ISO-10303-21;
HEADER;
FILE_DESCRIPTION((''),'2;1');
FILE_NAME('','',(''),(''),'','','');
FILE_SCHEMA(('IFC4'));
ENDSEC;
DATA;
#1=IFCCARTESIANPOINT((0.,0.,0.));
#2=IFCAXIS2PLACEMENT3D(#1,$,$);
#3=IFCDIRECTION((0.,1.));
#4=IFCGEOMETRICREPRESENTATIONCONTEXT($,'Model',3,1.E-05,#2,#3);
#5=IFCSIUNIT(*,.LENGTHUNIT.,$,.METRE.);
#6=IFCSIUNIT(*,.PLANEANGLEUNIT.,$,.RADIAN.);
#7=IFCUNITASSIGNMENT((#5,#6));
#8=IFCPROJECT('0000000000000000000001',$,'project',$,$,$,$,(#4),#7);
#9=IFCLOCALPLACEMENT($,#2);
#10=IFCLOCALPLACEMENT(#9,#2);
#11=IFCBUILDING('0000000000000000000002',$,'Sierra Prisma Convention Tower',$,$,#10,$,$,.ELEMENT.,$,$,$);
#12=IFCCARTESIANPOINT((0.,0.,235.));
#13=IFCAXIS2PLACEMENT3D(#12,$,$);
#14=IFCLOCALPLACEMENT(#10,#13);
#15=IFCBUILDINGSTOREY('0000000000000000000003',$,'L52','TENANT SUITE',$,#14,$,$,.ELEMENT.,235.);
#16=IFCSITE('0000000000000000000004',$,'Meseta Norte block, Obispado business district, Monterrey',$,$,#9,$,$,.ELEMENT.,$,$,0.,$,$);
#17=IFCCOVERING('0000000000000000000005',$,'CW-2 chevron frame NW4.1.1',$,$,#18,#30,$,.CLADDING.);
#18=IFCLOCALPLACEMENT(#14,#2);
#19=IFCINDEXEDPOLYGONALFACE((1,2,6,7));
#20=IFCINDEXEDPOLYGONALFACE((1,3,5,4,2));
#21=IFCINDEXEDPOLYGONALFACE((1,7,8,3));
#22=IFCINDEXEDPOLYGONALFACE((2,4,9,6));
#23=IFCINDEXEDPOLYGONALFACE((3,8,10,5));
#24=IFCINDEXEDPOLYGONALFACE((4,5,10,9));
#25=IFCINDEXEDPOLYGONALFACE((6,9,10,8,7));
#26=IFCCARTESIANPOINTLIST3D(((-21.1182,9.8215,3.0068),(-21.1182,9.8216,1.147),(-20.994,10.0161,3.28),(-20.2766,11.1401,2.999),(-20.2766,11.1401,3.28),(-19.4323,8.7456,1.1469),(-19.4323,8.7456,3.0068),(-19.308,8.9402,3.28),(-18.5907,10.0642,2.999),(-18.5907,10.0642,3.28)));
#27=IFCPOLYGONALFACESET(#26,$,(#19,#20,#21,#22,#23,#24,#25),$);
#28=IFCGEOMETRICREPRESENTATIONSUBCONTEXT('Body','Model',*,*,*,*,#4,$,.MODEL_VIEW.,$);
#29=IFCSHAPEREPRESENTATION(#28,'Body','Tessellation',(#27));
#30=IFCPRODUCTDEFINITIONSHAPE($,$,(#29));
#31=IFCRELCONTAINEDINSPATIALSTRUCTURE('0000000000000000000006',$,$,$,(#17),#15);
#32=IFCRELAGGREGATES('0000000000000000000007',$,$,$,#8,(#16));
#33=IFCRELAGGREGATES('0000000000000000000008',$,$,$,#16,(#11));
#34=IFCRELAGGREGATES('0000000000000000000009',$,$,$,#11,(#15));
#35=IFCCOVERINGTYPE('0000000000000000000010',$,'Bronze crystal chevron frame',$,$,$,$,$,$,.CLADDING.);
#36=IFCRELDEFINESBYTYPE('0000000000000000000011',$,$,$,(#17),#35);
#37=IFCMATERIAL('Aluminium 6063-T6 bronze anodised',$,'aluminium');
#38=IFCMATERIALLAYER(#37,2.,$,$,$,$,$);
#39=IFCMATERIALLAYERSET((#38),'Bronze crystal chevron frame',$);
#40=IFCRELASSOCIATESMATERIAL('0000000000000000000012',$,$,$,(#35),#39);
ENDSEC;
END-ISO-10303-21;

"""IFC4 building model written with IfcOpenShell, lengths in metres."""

from ifc_helpers import new_model, si_unit, direction, frame, origin, place, context, subcontext, project, spatial, polyline, outline, extrude, material, layer, layer_set, type_object, element, save


model = new_model("IFC4")

# Units and contexts
model_context = context("Model", 3, precision=1e-05, world=origin(), true_north=direction((0.0, 1.0)))
body_context = subcontext(model_context, "Body", "Model", "MODEL_VIEW")
ifc_project = project(units=[si_unit("LENGTHUNIT", "METRE"), si_unit("PLANEANGLEUNIT", "RADIAN")], contexts=[model_context])

# Site, building, storey
site_placement = place(None, origin())
site = spatial("IfcSite", under=ifc_project, at=site_placement, Name="Meseta Norte block, Obispado business district, Monterrey", CompositionType="ELEMENT", RefElevation=0.0)
building_placement = place(site_placement, origin())
building = spatial("IfcBuilding", under=site, at=building_placement, Name="Sierra Prisma Convention Tower", CompositionType="ELEMENT")
storey_placement = place(building_placement, frame((0.0, 0.0, 235.0)))
storey = spatial("IfcBuildingStorey", under=building, at=storey_placement, Name="L52", Description="TENANT SUITE", CompositionType="ELEMENT", Elevation=235.0)

# Covering
ifc_material_1 = material(Name="Aluminium 6063-T6 bronze anodised", Category="aluminium")
ifc_layer_1 = layer(ifc_material_1, 2.0)
ifc_layer_set_1 = layer_set([ifc_layer_1], Name="Bronze crystal chevron frame")
covering_type = type_object("IfcCoveringType", Name="Bronze crystal chevron frame", PredefinedType="CLADDING", material=ifc_layer_set_1)
covering_1_placement = place(storey_placement, frame((-20.2766, 11.1401, 3.28), z_axis=(-0.842957, 0.537982, 0.00003), x_axis=(-0.000025, 0.000016, -1.0)))
element("IfcCovering", 1, at=covering_1_placement, inside=storey, type_object=covering_type, Name="CW-2 chevron frame NW4.1.1", PredefinedType="CLADDING", context=body_context, shape_type="SweptSolid", body=[
    extrude(outline(polyline([(0.0, 0.0), (0.281, 0.0), (2.1331, 1.5643), (0.2732, 1.5643), (0.0, 1.3334), (0.0, 0.0)])), origin(), (0.0, 0.0, -1.0), 2.0),
])

save(model, "model.ifc")
